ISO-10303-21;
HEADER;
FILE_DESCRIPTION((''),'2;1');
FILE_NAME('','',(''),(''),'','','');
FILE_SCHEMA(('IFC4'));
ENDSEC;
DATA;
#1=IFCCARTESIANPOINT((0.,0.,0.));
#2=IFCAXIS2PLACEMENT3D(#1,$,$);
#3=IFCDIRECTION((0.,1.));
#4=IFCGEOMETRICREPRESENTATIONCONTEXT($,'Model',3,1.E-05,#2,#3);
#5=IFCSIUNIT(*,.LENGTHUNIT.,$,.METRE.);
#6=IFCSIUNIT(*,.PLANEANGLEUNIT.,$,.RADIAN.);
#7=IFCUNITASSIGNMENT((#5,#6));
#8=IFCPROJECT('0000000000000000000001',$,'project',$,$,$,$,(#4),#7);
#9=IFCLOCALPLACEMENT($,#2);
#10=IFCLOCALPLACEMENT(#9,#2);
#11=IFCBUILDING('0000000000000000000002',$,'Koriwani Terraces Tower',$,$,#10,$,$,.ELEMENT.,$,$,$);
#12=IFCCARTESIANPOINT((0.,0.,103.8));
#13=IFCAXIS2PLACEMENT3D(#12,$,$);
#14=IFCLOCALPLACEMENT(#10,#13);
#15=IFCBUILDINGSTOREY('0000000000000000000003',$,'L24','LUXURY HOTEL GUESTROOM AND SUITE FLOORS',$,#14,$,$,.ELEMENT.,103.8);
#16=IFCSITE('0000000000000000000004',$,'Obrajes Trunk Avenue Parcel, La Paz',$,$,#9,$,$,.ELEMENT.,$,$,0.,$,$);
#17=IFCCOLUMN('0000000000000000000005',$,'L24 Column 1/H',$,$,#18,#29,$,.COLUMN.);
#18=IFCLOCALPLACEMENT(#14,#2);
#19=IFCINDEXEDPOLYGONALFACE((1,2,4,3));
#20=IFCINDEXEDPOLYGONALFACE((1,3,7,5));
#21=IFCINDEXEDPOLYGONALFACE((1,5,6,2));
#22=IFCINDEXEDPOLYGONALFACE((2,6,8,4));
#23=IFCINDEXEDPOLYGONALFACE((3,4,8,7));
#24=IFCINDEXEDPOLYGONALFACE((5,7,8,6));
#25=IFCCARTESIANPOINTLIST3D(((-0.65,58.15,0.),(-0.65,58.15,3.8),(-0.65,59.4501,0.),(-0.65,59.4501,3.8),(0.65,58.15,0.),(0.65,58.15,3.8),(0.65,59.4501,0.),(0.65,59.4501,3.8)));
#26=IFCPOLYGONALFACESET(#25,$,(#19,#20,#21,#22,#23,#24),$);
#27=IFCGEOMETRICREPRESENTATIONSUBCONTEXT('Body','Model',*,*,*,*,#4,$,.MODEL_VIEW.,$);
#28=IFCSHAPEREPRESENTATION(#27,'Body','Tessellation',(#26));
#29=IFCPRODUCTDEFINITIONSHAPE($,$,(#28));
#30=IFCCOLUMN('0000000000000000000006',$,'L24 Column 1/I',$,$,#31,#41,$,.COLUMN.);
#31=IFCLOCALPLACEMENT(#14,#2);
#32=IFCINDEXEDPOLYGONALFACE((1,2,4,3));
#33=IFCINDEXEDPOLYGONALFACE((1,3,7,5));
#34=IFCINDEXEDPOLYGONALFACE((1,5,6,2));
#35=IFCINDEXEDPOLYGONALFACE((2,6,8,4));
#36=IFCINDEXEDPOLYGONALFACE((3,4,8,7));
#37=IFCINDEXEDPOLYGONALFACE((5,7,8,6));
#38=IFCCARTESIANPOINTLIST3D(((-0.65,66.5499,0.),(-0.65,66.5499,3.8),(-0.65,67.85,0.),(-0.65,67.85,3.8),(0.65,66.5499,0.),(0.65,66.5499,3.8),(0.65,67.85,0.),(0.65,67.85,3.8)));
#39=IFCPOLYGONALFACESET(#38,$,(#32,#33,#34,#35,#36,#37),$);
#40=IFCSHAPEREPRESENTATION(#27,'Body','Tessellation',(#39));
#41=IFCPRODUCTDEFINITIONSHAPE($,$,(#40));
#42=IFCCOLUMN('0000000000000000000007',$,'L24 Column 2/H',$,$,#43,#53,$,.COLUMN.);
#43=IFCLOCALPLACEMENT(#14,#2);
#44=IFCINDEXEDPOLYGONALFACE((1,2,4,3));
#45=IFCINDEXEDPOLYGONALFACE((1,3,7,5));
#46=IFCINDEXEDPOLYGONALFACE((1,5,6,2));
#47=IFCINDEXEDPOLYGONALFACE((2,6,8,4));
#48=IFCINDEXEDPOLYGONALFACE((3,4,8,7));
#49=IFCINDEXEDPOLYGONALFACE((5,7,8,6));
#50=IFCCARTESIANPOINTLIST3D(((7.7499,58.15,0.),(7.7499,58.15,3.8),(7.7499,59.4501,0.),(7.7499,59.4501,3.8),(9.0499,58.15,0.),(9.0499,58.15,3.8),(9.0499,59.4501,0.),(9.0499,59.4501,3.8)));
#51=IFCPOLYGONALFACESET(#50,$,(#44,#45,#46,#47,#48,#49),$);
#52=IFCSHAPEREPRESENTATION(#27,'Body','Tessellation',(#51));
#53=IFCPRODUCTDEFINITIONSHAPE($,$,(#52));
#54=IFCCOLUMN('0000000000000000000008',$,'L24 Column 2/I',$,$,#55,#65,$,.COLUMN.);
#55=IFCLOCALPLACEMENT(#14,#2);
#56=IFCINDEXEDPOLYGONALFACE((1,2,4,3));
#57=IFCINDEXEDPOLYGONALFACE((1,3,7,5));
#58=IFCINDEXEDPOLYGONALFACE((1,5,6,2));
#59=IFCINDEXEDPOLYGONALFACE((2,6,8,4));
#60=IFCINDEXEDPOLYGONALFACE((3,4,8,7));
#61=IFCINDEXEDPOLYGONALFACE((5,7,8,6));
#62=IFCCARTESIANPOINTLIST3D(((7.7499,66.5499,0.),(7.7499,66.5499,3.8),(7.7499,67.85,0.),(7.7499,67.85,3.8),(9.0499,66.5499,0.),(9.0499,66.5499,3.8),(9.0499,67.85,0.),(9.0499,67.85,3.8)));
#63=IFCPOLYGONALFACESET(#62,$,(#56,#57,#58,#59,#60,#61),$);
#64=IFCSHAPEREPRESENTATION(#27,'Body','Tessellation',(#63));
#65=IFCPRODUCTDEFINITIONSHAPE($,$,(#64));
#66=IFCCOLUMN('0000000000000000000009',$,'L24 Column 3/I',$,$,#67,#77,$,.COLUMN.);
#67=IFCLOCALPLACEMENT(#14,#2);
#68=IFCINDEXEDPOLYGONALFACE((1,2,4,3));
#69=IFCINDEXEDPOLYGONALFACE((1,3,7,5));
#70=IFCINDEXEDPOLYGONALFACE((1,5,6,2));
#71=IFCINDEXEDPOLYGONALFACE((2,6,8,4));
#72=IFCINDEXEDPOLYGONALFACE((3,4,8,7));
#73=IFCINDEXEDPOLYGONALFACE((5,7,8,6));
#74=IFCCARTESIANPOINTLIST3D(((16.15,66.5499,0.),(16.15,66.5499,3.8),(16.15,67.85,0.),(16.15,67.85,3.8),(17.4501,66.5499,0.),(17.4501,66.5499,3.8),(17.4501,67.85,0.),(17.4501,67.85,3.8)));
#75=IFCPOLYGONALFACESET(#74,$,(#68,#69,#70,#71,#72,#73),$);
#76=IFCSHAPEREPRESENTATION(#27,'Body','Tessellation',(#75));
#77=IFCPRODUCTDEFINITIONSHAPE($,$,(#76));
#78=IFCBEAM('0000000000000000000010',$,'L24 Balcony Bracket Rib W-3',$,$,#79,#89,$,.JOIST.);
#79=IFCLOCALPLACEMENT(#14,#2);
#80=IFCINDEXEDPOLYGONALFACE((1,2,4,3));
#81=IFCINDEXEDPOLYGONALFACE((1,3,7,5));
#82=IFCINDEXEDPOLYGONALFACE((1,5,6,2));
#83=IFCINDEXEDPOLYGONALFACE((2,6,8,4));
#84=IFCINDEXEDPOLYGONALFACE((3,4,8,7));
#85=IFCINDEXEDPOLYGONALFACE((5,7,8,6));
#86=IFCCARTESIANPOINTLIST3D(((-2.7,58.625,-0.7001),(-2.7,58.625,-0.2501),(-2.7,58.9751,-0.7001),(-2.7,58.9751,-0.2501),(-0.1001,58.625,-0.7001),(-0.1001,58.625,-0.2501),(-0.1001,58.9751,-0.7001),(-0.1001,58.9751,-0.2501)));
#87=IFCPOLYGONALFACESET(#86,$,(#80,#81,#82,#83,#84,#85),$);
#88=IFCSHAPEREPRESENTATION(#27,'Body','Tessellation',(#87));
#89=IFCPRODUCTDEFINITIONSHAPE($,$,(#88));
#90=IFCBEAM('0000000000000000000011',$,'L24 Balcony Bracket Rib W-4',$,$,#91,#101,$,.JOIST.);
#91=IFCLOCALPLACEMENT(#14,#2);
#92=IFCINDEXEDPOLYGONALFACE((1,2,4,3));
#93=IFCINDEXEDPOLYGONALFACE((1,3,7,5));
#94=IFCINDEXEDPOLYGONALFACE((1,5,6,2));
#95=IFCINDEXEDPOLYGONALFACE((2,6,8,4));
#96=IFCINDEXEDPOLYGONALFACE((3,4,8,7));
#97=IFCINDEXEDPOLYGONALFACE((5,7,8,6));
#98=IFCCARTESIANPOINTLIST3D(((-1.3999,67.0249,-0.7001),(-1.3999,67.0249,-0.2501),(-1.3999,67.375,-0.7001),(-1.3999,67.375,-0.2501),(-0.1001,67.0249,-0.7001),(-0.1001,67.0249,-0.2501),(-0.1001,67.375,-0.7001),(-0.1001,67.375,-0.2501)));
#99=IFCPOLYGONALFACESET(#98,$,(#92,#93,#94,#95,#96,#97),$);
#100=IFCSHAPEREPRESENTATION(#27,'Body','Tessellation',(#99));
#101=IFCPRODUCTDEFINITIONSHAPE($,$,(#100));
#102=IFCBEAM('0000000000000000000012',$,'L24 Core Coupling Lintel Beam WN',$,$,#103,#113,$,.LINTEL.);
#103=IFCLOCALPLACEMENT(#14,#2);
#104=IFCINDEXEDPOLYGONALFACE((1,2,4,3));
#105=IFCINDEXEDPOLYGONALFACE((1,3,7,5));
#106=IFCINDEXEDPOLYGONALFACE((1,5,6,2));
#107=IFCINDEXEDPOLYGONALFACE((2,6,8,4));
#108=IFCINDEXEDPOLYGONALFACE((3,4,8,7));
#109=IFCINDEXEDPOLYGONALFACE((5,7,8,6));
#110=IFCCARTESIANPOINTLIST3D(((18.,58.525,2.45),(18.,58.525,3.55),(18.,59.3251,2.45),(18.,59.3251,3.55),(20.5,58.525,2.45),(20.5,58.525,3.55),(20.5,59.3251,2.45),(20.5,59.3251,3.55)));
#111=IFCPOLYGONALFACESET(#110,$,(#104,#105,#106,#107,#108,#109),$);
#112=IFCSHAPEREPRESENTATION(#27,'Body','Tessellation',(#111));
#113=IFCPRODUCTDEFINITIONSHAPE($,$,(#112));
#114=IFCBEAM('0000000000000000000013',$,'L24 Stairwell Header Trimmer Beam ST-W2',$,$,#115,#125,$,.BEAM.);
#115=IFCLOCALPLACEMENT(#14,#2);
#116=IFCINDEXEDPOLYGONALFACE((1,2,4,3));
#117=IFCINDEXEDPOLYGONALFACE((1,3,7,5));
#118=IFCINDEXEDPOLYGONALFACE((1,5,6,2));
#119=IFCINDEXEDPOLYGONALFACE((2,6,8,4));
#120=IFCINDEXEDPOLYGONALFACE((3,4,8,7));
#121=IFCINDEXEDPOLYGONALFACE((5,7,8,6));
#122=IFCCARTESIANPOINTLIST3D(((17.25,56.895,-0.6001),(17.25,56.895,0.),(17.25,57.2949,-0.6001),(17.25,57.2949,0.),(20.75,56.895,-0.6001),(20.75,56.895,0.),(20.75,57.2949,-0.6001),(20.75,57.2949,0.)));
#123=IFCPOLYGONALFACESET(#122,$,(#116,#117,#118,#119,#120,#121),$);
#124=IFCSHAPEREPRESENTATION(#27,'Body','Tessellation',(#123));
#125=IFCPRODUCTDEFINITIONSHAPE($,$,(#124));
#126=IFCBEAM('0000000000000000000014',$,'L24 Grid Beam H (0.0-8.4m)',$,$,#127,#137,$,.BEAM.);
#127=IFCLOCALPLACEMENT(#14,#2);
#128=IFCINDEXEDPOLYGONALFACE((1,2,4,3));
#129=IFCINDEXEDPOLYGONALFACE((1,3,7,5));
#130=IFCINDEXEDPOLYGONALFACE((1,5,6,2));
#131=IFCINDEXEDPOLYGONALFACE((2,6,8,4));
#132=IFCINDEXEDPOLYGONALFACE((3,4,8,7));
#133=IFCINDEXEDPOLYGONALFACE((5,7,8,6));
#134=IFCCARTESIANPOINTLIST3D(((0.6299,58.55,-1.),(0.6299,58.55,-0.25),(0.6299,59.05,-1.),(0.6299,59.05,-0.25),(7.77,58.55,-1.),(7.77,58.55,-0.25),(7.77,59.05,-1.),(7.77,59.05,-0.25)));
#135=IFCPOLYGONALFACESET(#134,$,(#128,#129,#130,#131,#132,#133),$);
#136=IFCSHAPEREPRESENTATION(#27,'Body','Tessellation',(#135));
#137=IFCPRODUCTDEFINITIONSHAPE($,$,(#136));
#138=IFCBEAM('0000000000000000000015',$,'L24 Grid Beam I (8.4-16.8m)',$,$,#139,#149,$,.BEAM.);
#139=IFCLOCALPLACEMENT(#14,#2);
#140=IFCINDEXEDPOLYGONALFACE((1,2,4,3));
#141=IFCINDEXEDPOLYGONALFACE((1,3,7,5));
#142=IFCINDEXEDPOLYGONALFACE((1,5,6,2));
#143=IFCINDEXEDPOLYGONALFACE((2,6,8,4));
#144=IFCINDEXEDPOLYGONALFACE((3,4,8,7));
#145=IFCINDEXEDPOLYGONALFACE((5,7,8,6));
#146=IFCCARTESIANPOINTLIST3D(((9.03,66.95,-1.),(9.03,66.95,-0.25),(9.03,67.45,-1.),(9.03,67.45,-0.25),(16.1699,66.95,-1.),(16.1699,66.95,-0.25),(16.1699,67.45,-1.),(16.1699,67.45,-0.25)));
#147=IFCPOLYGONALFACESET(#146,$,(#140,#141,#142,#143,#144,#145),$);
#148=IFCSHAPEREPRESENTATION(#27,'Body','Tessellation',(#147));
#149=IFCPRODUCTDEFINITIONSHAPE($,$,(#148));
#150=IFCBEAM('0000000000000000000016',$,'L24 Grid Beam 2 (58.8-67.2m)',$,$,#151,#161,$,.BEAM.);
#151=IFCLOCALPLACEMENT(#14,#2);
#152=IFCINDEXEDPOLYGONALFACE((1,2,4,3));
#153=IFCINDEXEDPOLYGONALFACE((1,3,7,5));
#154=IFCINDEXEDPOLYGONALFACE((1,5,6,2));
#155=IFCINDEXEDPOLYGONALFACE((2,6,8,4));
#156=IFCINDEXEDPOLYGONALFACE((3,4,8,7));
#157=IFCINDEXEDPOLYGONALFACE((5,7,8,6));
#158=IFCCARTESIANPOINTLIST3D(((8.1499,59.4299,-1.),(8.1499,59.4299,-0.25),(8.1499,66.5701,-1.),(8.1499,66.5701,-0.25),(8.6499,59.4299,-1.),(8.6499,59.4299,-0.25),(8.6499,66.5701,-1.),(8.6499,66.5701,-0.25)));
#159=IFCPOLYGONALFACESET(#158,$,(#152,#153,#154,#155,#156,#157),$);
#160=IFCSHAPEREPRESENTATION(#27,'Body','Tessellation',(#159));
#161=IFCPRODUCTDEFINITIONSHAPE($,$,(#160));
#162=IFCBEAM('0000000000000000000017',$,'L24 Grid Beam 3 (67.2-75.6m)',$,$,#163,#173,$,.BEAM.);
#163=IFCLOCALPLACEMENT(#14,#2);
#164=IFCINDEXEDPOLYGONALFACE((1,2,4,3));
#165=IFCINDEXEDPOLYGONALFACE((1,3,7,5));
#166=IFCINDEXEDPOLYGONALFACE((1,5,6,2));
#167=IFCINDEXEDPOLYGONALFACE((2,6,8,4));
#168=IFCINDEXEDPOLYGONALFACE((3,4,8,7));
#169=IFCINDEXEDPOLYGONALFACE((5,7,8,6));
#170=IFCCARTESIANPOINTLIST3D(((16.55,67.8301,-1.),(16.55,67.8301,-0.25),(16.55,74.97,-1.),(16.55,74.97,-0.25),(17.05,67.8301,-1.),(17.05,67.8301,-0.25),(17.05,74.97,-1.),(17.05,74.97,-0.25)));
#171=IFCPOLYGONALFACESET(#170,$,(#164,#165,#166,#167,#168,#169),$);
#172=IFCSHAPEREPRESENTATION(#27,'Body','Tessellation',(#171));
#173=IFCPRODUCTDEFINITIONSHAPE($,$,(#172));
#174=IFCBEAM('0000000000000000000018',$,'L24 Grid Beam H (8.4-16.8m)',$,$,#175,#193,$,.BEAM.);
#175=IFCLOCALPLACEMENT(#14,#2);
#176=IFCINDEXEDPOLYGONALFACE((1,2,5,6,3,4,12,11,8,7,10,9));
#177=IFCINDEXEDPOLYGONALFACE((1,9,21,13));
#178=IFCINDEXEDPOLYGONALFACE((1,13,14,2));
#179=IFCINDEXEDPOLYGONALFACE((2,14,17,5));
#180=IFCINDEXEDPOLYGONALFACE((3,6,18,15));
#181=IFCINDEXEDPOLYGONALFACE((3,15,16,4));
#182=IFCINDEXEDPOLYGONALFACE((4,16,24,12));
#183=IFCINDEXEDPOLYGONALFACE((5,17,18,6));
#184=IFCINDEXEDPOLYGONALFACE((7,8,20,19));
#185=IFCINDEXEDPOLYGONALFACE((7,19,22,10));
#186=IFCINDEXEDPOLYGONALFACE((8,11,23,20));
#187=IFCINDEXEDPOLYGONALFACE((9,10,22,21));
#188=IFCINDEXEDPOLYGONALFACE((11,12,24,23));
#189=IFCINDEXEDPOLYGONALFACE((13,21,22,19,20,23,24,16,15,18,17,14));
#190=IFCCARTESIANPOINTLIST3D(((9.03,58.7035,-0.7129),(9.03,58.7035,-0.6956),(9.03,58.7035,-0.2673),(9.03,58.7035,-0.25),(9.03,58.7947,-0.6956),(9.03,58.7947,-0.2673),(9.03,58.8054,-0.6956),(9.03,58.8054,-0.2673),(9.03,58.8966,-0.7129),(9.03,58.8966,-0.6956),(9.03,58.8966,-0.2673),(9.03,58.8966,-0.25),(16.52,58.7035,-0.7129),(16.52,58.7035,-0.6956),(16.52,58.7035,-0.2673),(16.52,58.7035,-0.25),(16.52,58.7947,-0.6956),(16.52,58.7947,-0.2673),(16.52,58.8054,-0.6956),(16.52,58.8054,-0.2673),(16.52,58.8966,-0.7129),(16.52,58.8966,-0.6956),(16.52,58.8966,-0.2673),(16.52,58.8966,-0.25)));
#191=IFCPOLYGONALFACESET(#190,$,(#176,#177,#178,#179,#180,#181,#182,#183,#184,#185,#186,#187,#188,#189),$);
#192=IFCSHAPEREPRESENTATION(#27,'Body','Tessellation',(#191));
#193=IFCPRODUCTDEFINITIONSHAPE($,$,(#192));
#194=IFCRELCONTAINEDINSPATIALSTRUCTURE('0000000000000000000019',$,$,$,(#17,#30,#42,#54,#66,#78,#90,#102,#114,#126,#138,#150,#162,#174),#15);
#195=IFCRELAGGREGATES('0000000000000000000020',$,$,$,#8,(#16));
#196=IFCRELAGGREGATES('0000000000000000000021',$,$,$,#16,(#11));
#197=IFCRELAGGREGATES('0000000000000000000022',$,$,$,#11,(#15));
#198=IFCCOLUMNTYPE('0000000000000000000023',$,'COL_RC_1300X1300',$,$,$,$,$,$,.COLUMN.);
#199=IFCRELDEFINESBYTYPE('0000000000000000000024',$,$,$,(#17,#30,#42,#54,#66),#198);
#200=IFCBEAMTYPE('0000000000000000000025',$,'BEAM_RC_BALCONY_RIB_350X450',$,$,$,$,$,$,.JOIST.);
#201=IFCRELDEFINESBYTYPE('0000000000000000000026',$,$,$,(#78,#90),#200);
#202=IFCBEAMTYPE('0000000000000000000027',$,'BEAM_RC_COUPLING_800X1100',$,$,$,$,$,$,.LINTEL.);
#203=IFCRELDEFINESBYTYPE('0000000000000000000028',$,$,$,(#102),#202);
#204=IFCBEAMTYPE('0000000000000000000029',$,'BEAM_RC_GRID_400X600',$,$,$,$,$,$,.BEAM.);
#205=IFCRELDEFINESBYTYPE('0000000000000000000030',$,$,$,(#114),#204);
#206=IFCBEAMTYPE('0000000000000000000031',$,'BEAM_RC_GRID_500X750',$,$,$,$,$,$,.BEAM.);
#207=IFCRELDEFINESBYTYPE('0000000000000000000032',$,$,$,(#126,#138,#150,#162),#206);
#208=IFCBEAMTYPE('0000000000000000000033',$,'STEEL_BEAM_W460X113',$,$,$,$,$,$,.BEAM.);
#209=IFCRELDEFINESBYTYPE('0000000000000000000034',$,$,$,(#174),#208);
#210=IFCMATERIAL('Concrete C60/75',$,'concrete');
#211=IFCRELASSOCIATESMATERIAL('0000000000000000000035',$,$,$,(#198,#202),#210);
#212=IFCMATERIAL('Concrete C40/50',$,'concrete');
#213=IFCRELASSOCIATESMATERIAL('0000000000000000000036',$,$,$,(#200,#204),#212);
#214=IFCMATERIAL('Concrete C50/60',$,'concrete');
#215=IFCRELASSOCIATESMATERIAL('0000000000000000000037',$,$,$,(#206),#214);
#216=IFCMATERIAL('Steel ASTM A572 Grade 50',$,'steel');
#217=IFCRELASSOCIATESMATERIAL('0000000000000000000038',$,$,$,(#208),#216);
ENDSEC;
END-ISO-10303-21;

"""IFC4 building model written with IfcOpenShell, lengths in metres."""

from ifc_helpers import new_model, si_unit, direction, frame, origin, origin_2d, place, context, subcontext, project, spatial, rectangle, i_section, extrude, material, material_profile, profile_set, type_object, element, save


model = new_model("IFC4")

# Units and contexts
model_context = context("Model", 3, precision=1e-05, world=origin(), true_north=direction((0.0, 1.0)))
body_context = subcontext(model_context, "Body", "Model", "MODEL_VIEW")
ifc_project = project(units=[si_unit("LENGTHUNIT", "METRE"), si_unit("PLANEANGLEUNIT", "RADIAN")], contexts=[model_context])

# Site, building, storey
site_placement = place(None, origin())
site = spatial("IfcSite", under=ifc_project, at=site_placement, Name="Obrajes Trunk Avenue Parcel, La Paz", CompositionType="ELEMENT", RefElevation=0.0)
building_placement = place(site_placement, origin())
building = spatial("IfcBuilding", under=site, at=building_placement, Name="Koriwani Terraces Tower", CompositionType="ELEMENT")
storey_placement = place(building_placement, frame((0.0, 0.0, 103.8)))
storey = spatial("IfcBuildingStorey", under=building, at=storey_placement, Name="L24", Description="LUXURY HOTEL GUESTROOM AND SUITE FLOORS", CompositionType="ELEMENT", Elevation=103.8)

# Columns
ifc_material_1 = material(Name="Concrete C60/75", Category="concrete")
ifc_material_profile_1 = material_profile(ifc_material_1, rectangle(XDim=1.3, YDim=1.3, at=origin_2d()), Name="Concrete C60/75", Category="LoadBearing")
ifc_profile_set_1 = profile_set([ifc_material_profile_1], Name="Concrete C60/75")
column_type = type_object("IfcColumnType", Name="COL_RC_1300X1300", PredefinedType="COLUMN", material=ifc_profile_set_1)
for number, where, z_axis, x_axis, name in (
    (1, (0.0, 58.8, 0.0), (0.0, 0.0, 1.0), (1.0, 0.0, 0.0), "L24 Column 1/H"),
    (2, (0.0, 67.2, 0.0), (0.0, 0.0, 1.0), (1.0, 0.0, 0.0), "L24 Column 1/I"),
    (3, (8.3999, 58.8, 0.0), (0.0, 0.0, 1.0), (1.0, 0.0, 0.0), "L24 Column 2/H"),
    (4, (8.3999, 67.2, 0.0), (0.0, 0.0, 1.0), (1.0, 0.0, 0.0), "L24 Column 2/I"),
    (5, (16.8, 67.2, 0.0), (0.0, 0.0, 1.0), (1.0, 0.0, 0.0), "L24 Column 3/I"),
):
    element("IfcColumn", number, at=place(storey_placement, frame(where, z_axis=z_axis, x_axis=x_axis)), inside=storey, type_object=column_type, Name=name, PredefinedType="COLUMN", context=body_context, shape_type="SweptSolid", body=[
        extrude(rectangle(XDim=1.3, YDim=1.3, at=origin_2d()), origin(), (0.0, 0.0, 1.0), 3.8),
    ])

# Beams
ifc_material_2 = material(Name="Concrete C40/50", Category="concrete")
ifc_material_profile_2 = material_profile(ifc_material_2, rectangle(XDim=0.3501, YDim=0.45, at=origin_2d()), Name="Concrete C40/50", Category="LoadBearing")
ifc_profile_set_2 = profile_set([ifc_material_profile_2], Name="Concrete C40/50")
beam_type_1 = type_object("IfcBeamType", Name="BEAM_RC_BALCONY_RIB_350X450", PredefinedType="JOIST", material=ifc_profile_set_2)
beam_1_placement = place(storey_placement, frame((-2.7, 58.8, -0.4751), z_axis=(1.0, 0.0, 0.0), x_axis=(0.0, 1.0, 0.0)))
element("IfcBeam", 6, at=beam_1_placement, inside=storey, type_object=beam_type_1, Name="L24 Balcony Bracket Rib W-3", PredefinedType="JOIST", context=body_context, shape_type="SweptSolid", body=[
    extrude(rectangle(XDim=0.3501, YDim=0.45, at=origin_2d()), origin(), (0.0, 0.0, 1.0), 2.5999),
])
beam_2_placement = place(storey_placement, frame((-1.3999, 67.2, -0.4751), z_axis=(1.0, 0.0, 0.0), x_axis=(0.0, 1.0, 0.0)))
element("IfcBeam", 7, at=beam_2_placement, inside=storey, type_object=beam_type_1, Name="L24 Balcony Bracket Rib W-4", PredefinedType="JOIST", context=body_context, shape_type="SweptSolid", body=[
    extrude(rectangle(XDim=0.3501, YDim=0.45, at=origin_2d()), origin(), (0.0, 0.0, 1.0), 1.2998),
])
ifc_material_profile_3 = material_profile(ifc_material_1, rectangle(XDim=0.8, YDim=1.1001, at=origin_2d()), Name="Concrete C60/75", Category="LoadBearing")
ifc_profile_set_3 = profile_set([ifc_material_profile_3], Name="Concrete C60/75")
beam_type_2 = type_object("IfcBeamType", Name="BEAM_RC_COUPLING_800X1100", PredefinedType="LINTEL", material=ifc_profile_set_3)
beam_3_placement = place(storey_placement, frame((18.0, 58.925, 3.0), z_axis=(1.0, 0.0, 0.0), x_axis=(0.0, 1.0, 0.0)))
element("IfcBeam", 8, at=beam_3_placement, inside=storey, type_object=beam_type_2, Name="L24 Core Coupling Lintel Beam WN", PredefinedType="LINTEL", context=body_context, shape_type="SweptSolid", body=[
    extrude(rectangle(XDim=0.8, YDim=1.1001, at=origin_2d()), origin(), (0.0, 0.0, 1.0), 2.5),
])
ifc_material_profile_4 = material_profile(ifc_material_2, rectangle(XDim=0.3999, YDim=0.6001, at=origin_2d()), Name="Concrete C40/50", Category="LoadBearing")
ifc_profile_set_4 = profile_set([ifc_material_profile_4], Name="Concrete C40/50")
beam_type_3 = type_object("IfcBeamType", Name="BEAM_RC_GRID_400X600", PredefinedType="BEAM", material=ifc_profile_set_4)
beam_4_placement = place(storey_placement, frame((17.25, 57.095, -0.3), z_axis=(1.0, 0.0, 0.0), x_axis=(0.0, 1.0, 0.0)))
element("IfcBeam", 9, at=beam_4_placement, inside=storey, type_object=beam_type_3, Name="L24 Stairwell Header Trimmer Beam ST-W2", PredefinedType="BEAM", context=body_context, shape_type="SweptSolid", body=[
    extrude(rectangle(XDim=0.3999, YDim=0.6001, at=origin_2d()), origin(), (0.0, 0.0, 1.0), 3.5),
])
ifc_material_3 = material(Name="Concrete C50/60", Category="concrete")
ifc_material_profile_5 = material_profile(ifc_material_3, rectangle(XDim=0.5, YDim=0.75, at=origin_2d()), Name="Concrete C50/60", Category="LoadBearing")
ifc_profile_set_5 = profile_set([ifc_material_profile_5], Name="Concrete C50/60")
beam_type_4 = type_object("IfcBeamType", Name="BEAM_RC_GRID_500X750", PredefinedType="BEAM", material=ifc_profile_set_5)
beam_5_placement = place(storey_placement, frame((0.6299, 58.8, -0.625), z_axis=(1.0, 0.0, 0.0), x_axis=(0.0, 1.0, 0.0)))
element("IfcBeam", 10, at=beam_5_placement, inside=storey, type_object=beam_type_4, Name="L24 Grid Beam H (0.0-8.4m)", PredefinedType="BEAM", context=body_context, shape_type="SweptSolid", body=[
    extrude(rectangle(XDim=0.5, YDim=0.75, at=origin_2d()), origin(), (0.0, 0.0, 1.0), 7.1401),
])
beam_6_placement = place(storey_placement, frame((9.03, 67.2, -0.625), z_axis=(1.0, 0.0, 0.0), x_axis=(0.0, 1.0, 0.0)))
element("IfcBeam", 11, at=beam_6_placement, inside=storey, type_object=beam_type_4, Name="L24 Grid Beam I (8.4-16.8m)", PredefinedType="BEAM", context=body_context, shape_type="SweptSolid", body=[
    extrude(rectangle(XDim=0.5, YDim=0.75, at=origin_2d()), origin(), (0.0, 0.0, 1.0), 7.1399),
])
beam_7_placement = place(storey_placement, frame((8.3999, 59.4299, -0.625), z_axis=(0.0, 1.0, 0.0), x_axis=(-1.0, 0.0, 0.0)))
element("IfcBeam", 12, at=beam_7_placement, inside=storey, type_object=beam_type_4, Name="L24 Grid Beam 2 (58.8-67.2m)", PredefinedType="BEAM", context=body_context, shape_type="SweptSolid", body=[
    extrude(rectangle(XDim=0.5, YDim=0.75, at=origin_2d()), origin(), (0.0, 0.0, 1.0), 7.1401),
])
beam_8_placement = place(storey_placement, frame((16.8, 67.8301, -0.625), z_axis=(0.0, 1.0, 0.0), x_axis=(-1.0, 0.0, 0.0)))
element("IfcBeam", 13, at=beam_8_placement, inside=storey, type_object=beam_type_4, Name="L24 Grid Beam 3 (67.2-75.6m)", PredefinedType="BEAM", context=body_context, shape_type="SweptSolid", body=[
    extrude(rectangle(XDim=0.5, YDim=0.75, at=origin_2d()), origin(), (0.0, 0.0, 1.0), 7.1399),
])
ifc_material_4 = material(Name="Steel ASTM A572 Grade 50", Category="steel")
ifc_material_profile_6 = material_profile(ifc_material_4, i_section(OverallWidth=0.1931, OverallDepth=0.4629, WebThickness=0.0107, FlangeThickness=0.0173, at=origin_2d()), Name="Steel ASTM A572 Grade 50", Category="LoadBearing")
ifc_profile_set_6 = profile_set([ifc_material_profile_6], Name="Steel ASTM A572 Grade 50")
beam_type_5 = type_object("IfcBeamType", Name="STEEL_BEAM_W460X113", PredefinedType="BEAM", material=ifc_profile_set_6)
beam_9_placement = place(storey_placement, frame((9.03, 58.8, -0.4814), z_axis=(1.0, 0.0, 0.0), x_axis=(0.0, 1.0, 0.0)))
element("IfcBeam", 14, at=beam_9_placement, inside=storey, type_object=beam_type_5, Name="L24 Grid Beam H (8.4-16.8m)", PredefinedType="BEAM", context=body_context, shape_type="SweptSolid", body=[
    extrude(i_section(OverallWidth=0.1931, OverallDepth=0.4629, WebThickness=0.0107, FlangeThickness=0.0173, at=origin_2d()), origin(), (0.0, 0.0, 1.0), 7.49),
])

save(model, "model.ifc")
